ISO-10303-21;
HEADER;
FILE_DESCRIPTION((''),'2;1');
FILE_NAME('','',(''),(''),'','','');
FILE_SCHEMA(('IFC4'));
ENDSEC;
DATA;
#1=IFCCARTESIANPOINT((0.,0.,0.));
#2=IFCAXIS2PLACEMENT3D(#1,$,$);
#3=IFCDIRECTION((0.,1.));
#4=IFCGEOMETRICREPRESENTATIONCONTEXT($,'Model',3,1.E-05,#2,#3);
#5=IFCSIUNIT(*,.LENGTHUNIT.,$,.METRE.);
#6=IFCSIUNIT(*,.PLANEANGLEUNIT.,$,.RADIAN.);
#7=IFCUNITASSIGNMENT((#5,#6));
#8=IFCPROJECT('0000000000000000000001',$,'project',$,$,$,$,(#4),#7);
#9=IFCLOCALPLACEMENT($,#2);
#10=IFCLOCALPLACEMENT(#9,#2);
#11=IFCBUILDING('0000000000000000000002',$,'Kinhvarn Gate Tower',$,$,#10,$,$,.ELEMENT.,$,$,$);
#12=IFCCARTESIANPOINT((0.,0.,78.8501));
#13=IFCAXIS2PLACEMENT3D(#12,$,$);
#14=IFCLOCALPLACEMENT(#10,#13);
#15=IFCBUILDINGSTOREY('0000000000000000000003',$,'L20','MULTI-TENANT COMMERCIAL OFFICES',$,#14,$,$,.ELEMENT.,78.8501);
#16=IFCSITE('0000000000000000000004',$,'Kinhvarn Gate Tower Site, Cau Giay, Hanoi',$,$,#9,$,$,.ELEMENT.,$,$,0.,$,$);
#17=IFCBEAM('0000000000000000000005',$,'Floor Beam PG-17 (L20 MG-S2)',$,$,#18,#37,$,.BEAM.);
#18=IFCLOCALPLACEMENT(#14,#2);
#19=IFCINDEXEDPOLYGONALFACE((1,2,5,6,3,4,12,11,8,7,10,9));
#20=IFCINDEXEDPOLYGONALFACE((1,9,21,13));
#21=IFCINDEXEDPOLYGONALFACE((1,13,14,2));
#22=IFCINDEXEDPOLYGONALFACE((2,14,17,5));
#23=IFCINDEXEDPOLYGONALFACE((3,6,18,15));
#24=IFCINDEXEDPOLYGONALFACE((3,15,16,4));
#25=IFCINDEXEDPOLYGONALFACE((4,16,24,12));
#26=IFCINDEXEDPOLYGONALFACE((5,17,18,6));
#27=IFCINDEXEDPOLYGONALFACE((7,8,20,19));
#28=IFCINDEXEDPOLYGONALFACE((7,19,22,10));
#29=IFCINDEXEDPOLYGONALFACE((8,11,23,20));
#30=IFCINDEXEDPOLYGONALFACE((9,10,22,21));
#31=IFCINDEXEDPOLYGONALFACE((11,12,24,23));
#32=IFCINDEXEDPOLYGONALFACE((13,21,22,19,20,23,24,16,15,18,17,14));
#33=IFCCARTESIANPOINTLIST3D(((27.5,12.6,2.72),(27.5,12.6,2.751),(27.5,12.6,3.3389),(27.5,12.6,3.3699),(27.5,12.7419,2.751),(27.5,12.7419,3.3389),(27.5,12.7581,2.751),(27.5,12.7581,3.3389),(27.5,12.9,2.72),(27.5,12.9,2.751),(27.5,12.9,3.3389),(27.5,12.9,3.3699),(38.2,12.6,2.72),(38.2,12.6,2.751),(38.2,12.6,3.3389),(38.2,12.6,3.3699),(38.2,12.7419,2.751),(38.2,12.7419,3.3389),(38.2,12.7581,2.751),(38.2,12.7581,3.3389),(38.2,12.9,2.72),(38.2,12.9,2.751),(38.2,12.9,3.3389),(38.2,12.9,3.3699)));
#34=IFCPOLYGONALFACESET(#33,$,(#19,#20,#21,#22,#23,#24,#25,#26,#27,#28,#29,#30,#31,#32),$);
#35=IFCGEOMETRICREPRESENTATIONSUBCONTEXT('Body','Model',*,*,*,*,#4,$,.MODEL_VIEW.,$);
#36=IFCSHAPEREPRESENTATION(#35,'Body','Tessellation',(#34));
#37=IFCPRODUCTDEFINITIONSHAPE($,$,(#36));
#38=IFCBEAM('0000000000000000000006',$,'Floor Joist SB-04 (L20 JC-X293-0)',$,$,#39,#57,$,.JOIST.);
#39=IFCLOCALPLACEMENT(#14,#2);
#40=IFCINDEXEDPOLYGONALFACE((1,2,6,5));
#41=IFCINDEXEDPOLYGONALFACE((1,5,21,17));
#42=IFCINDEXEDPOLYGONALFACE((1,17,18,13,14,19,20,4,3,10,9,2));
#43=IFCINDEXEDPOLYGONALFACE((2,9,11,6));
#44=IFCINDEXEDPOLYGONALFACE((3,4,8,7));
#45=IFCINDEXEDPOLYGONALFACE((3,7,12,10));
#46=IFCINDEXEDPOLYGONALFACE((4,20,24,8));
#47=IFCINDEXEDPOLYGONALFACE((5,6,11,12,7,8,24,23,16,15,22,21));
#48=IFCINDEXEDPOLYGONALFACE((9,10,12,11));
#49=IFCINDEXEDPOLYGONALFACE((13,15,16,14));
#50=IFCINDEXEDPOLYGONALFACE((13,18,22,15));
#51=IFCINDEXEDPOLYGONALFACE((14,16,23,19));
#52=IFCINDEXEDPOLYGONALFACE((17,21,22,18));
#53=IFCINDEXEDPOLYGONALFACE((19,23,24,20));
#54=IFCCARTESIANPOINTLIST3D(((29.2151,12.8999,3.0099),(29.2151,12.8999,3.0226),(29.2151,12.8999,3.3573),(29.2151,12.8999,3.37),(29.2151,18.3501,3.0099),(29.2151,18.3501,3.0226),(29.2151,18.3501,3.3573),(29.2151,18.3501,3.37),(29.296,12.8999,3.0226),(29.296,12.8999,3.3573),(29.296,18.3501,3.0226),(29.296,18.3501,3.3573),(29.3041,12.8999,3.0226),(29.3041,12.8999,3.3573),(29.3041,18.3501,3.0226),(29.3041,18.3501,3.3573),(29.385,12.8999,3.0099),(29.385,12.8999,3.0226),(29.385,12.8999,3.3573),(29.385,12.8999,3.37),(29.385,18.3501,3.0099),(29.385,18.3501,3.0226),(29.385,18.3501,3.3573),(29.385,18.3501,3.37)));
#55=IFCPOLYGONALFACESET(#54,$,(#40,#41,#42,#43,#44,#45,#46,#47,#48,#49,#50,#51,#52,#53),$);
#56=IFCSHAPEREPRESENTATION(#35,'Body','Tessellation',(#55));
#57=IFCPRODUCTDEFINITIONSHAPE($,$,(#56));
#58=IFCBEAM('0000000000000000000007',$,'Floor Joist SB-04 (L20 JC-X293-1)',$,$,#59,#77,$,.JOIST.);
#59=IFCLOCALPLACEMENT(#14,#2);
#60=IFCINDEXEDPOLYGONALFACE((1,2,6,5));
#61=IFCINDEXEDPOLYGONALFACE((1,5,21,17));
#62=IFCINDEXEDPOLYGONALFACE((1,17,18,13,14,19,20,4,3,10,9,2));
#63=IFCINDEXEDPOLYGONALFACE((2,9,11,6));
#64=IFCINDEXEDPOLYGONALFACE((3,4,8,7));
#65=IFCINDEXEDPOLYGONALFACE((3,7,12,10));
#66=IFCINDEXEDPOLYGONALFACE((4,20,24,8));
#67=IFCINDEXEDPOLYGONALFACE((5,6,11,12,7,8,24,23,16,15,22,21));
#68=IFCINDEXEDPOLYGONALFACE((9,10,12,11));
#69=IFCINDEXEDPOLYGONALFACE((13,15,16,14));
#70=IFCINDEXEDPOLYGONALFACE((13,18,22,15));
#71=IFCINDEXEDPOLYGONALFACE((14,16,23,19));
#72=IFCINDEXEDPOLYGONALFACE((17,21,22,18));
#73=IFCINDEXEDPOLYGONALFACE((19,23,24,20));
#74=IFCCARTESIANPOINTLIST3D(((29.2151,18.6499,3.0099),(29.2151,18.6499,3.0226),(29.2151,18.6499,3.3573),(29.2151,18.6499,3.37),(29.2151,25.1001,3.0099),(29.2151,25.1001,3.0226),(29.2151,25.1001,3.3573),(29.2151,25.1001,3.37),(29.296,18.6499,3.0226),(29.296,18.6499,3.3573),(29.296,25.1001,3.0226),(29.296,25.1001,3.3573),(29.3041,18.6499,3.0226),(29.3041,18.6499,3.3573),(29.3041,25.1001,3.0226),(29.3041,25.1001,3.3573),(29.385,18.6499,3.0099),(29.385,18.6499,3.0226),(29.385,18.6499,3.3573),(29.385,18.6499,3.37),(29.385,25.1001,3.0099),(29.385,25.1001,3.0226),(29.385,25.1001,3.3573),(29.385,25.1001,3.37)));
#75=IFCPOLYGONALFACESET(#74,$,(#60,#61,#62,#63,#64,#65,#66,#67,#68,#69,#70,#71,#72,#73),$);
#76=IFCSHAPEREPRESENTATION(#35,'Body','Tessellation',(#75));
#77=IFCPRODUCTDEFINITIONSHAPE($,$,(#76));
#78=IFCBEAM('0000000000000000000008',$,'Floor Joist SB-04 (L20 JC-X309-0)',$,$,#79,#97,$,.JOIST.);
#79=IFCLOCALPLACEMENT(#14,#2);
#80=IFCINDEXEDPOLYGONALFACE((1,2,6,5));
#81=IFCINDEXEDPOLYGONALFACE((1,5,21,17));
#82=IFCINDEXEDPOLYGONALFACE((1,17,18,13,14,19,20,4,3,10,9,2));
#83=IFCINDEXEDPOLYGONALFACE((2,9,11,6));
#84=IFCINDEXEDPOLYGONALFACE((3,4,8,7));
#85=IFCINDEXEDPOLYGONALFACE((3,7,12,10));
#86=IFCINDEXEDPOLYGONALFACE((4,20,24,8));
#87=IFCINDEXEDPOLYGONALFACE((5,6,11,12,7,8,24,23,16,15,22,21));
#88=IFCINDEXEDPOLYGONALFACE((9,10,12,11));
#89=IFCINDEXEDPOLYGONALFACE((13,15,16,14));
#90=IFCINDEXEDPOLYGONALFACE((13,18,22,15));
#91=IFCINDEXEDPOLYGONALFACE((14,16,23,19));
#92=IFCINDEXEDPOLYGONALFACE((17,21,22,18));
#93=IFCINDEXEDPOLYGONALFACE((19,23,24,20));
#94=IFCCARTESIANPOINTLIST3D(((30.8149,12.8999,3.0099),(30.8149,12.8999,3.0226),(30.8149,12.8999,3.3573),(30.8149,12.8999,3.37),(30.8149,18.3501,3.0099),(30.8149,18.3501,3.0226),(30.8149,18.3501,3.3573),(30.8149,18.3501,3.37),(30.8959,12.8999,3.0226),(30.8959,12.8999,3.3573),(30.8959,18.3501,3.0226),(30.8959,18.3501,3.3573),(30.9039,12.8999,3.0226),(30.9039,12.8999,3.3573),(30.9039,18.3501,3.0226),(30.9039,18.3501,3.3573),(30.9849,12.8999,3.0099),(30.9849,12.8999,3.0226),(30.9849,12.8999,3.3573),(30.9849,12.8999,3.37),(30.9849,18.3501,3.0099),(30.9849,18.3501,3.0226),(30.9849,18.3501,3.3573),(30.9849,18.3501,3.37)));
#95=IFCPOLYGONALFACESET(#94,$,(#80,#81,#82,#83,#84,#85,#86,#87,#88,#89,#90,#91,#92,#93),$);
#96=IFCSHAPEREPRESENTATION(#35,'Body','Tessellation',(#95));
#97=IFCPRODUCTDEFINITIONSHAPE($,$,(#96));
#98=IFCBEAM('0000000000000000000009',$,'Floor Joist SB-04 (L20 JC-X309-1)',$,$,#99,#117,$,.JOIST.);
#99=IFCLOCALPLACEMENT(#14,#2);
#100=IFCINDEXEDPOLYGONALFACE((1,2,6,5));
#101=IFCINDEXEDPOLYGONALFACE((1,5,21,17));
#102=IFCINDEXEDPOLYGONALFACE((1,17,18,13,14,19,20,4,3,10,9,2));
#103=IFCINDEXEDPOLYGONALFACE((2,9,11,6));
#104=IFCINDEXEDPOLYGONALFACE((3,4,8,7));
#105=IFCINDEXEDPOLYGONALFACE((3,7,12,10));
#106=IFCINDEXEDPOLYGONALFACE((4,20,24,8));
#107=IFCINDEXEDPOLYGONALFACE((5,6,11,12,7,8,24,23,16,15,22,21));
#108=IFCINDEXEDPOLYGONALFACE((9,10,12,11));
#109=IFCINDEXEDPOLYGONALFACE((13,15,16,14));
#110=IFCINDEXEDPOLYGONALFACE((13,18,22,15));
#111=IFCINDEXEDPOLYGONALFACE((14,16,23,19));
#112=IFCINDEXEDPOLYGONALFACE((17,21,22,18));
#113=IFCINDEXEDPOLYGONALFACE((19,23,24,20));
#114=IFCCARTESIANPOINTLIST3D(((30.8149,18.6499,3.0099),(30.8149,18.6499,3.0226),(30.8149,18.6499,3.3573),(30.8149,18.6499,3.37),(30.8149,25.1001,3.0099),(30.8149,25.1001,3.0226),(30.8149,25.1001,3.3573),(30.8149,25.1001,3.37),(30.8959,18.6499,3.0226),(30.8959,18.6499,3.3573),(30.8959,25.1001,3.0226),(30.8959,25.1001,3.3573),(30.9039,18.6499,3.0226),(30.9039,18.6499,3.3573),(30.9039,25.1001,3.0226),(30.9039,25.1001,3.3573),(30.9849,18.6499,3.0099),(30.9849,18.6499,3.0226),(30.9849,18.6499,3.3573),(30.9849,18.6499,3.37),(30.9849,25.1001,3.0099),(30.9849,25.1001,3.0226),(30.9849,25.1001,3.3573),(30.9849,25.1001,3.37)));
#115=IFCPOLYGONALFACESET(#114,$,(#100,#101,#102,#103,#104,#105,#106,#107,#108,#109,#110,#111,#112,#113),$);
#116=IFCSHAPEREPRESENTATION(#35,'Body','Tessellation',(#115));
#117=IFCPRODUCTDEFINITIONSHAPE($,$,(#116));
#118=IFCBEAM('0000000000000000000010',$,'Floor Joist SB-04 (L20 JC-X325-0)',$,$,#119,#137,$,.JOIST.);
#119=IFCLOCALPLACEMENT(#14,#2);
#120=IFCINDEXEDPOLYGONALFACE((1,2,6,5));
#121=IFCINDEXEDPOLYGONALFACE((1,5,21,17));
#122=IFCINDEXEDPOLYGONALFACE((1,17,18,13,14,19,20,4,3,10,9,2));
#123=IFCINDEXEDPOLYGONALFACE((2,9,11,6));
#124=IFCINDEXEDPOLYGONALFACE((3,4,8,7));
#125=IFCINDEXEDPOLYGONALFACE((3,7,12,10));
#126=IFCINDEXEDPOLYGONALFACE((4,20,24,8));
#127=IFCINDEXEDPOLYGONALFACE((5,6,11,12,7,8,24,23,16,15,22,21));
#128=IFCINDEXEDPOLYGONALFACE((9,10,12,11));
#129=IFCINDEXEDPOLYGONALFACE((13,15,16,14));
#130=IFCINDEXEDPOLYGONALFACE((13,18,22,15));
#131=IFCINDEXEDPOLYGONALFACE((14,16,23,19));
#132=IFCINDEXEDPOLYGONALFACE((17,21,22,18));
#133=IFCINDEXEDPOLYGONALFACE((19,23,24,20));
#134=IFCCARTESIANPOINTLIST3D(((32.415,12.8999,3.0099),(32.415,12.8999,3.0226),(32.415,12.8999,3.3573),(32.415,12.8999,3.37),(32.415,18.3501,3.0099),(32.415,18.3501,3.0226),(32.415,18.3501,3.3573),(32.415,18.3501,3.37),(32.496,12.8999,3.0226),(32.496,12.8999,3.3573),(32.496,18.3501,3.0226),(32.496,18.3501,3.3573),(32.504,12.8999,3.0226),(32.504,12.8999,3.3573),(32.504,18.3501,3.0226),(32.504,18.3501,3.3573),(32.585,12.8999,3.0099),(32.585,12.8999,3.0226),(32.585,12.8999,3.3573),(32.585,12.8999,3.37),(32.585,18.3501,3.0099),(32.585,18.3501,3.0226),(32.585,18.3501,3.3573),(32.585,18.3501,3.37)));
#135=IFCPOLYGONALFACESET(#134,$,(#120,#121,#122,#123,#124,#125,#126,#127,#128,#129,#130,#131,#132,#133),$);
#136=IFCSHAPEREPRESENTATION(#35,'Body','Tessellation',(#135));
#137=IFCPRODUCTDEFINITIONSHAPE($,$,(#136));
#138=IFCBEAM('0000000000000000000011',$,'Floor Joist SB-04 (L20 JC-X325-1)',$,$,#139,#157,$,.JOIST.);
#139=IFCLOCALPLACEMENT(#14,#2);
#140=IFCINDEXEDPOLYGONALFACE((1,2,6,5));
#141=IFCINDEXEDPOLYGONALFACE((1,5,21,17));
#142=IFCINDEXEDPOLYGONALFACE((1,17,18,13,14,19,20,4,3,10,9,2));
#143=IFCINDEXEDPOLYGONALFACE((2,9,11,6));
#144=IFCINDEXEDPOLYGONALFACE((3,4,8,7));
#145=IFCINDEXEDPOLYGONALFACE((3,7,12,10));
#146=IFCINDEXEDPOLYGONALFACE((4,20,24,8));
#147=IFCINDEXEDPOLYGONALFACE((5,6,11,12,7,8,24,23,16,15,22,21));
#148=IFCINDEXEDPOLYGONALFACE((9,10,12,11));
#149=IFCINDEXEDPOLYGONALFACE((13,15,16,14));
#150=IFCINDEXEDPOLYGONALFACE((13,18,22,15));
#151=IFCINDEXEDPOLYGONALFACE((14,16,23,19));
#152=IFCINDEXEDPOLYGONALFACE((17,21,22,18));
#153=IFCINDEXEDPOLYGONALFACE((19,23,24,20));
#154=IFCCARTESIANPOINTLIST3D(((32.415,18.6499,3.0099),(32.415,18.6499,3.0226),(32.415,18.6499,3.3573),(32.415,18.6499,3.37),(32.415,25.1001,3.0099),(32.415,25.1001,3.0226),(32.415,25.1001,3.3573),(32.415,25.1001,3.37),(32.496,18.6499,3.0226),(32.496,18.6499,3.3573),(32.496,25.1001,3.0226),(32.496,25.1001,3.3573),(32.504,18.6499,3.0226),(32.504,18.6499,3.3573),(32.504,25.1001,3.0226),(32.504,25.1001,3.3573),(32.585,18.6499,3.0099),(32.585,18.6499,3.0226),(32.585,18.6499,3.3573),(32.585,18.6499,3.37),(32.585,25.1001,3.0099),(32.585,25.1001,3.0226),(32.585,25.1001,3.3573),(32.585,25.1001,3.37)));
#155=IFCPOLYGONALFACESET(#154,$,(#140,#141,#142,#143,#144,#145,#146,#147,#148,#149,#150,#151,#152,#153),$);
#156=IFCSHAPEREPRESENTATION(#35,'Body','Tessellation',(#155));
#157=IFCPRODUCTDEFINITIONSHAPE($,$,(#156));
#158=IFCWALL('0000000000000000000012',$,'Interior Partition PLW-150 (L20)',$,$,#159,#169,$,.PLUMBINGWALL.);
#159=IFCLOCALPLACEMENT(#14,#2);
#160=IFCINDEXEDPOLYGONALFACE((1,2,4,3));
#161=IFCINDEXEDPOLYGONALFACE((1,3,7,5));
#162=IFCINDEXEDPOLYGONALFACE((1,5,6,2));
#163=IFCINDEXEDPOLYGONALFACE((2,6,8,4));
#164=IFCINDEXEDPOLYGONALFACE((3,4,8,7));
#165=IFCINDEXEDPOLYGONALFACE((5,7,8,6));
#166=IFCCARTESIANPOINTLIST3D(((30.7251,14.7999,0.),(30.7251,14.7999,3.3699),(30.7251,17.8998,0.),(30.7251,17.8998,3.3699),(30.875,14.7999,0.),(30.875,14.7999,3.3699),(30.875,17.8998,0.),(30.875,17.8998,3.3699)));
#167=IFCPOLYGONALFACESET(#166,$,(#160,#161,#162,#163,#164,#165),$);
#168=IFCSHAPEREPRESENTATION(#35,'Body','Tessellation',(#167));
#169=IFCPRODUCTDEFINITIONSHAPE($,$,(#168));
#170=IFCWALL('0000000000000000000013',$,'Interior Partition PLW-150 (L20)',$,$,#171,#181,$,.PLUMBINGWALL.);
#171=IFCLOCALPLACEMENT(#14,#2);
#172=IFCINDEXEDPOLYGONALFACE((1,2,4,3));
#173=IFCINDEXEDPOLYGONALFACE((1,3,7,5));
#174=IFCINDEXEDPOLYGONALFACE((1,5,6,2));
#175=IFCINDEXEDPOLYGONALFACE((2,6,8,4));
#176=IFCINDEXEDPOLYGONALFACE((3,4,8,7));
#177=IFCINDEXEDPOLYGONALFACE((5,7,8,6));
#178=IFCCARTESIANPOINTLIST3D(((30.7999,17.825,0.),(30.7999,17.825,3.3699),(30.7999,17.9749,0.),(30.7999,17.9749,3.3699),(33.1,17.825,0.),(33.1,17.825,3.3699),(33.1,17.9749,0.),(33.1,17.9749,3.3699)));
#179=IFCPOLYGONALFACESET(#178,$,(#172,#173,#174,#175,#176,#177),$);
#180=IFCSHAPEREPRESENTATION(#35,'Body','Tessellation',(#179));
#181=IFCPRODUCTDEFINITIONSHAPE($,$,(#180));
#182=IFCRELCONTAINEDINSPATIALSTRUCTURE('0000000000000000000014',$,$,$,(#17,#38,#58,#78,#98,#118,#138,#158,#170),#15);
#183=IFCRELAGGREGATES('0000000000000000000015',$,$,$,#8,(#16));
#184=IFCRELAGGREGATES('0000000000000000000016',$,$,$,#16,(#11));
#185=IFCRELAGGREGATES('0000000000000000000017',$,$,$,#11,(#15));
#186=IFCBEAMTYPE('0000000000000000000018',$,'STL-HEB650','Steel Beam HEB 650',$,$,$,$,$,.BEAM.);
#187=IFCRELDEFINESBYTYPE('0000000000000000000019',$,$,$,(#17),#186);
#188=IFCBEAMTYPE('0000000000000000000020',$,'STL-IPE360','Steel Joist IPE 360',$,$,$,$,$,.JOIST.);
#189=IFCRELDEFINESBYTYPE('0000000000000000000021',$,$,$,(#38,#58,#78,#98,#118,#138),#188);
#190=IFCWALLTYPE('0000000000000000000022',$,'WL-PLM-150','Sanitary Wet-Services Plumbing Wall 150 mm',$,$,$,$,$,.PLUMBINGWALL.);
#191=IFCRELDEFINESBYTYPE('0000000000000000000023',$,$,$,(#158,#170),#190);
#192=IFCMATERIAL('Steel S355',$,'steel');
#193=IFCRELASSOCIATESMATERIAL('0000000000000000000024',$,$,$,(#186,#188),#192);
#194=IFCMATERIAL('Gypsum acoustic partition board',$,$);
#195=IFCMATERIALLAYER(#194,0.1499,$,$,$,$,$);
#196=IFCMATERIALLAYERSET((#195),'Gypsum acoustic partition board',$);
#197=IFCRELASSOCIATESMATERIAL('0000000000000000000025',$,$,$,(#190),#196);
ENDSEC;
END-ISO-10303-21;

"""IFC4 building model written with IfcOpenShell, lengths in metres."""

from ifc_helpers import new_model, si_unit, direction, frame, frame_2d, origin, origin_2d, place, context, subcontext, project, spatial, rectangle, i_section, extrude, material, layer, layer_set, material_profile, profile_set, type_object, element, save


model = new_model("IFC4")

# Units and contexts
model_context = context("Model", 3, precision=1e-05, world=origin(), true_north=direction((0.0, 1.0)))
body_context = subcontext(model_context, "Body", "Model", "MODEL_VIEW")
ifc_project = project(units=[si_unit("LENGTHUNIT", "METRE"), si_unit("PLANEANGLEUNIT", "RADIAN")], contexts=[model_context])

# Site, building, storey
site_placement = place(None, origin())
site = spatial("IfcSite", under=ifc_project, at=site_placement, Name="Kinhvarn Gate Tower Site, Cau Giay, Hanoi", CompositionType="ELEMENT", RefElevation=0.0)
building_placement = place(site_placement, origin())
building = spatial("IfcBuilding", under=site, at=building_placement, Name="Kinhvarn Gate Tower", CompositionType="ELEMENT")
storey_placement = place(building_placement, frame((0.0, 0.0, 78.8501)))
storey = spatial("IfcBuildingStorey", under=building, at=storey_placement, Name="L20", Description="MULTI-TENANT COMMERCIAL OFFICES", CompositionType="ELEMENT", Elevation=78.8501)

# Beams
ifc_material_1 = material(Name="Steel S355", Category="steel")
ifc_material_profile_1 = material_profile(ifc_material_1, i_section(OverallWidth=0.3, OverallDepth=0.6499, WebThickness=0.0161, FlangeThickness=0.031, at=origin_2d()), Name="HEB 650")
ifc_profile_set_1 = profile_set([ifc_material_profile_1], Name="Steel S355")
beam_type_1 = type_object("IfcBeamType", Name="STL-HEB650", Description="Steel Beam HEB 650", PredefinedType="BEAM", material=ifc_profile_set_1)
beam_1_placement = place(storey_placement, frame((27.5, 12.75, 3.0449), z_axis=(1.0, 0.0, 0.0), x_axis=(0.0, 1.0, 0.0)))
element("IfcBeam", 1, at=beam_1_placement, inside=storey, type_object=beam_type_1, Name="Floor Beam PG-17 (L20 MG-S2)", PredefinedType="BEAM", context=body_context, shape_type="SweptSolid", body=[
    extrude(i_section(OverallWidth=0.3, OverallDepth=0.6499, WebThickness=0.0161, FlangeThickness=0.031, at=origin_2d()), origin(), (0.0, 0.0, 1.0), 10.7),
])
ifc_material_profile_2 = material_profile(ifc_material_1, i_section(OverallWidth=0.1699, OverallDepth=0.3601, WebThickness=0.0081, FlangeThickness=0.0127, at=origin_2d()), Name="IPE 360")
ifc_profile_set_2 = profile_set([ifc_material_profile_2], Name="Steel S355")
beam_type_2 = type_object("IfcBeamType", Name="STL-IPE360", Description="Steel Joist IPE 360", PredefinedType="JOIST", material=ifc_profile_set_2)
beam_2_placement = place(storey_placement, frame((29.3, 12.8999, 3.1899), z_axis=(0.0, 1.0, 0.0), x_axis=(-1.0, 0.0, 0.0)))
element("IfcBeam", 2, at=beam_2_placement, inside=storey, type_object=beam_type_2, Name="Floor Joist SB-04 (L20 JC-X293-0)", PredefinedType="JOIST", context=body_context, shape_type="SweptSolid", body=[
    extrude(i_section(OverallWidth=0.1699, OverallDepth=0.3601, WebThickness=0.0081, FlangeThickness=0.0127, at=origin_2d()), origin(), (0.0, 0.0, 1.0), 5.4502),
])
beam_3_placement = place(storey_placement, frame((29.3, 18.6499, 3.1899), z_axis=(0.0, 1.0, 0.0), x_axis=(-1.0, 0.0, 0.0)))
element("IfcBeam", 3, at=beam_3_placement, inside=storey, type_object=beam_type_2, Name="Floor Joist SB-04 (L20 JC-X293-1)", PredefinedType="JOIST", context=body_context, shape_type="SweptSolid", body=[
    extrude(i_section(OverallWidth=0.1699, OverallDepth=0.3601, WebThickness=0.0081, FlangeThickness=0.0127, at=origin_2d()), origin(), (0.0, 0.0, 1.0), 6.4502),
])
beam_4_placement = place(storey_placement, frame((30.8999, 12.8999, 3.1899), z_axis=(0.0, 1.0, 0.0), x_axis=(-1.0, 0.0, 0.0)))
element("IfcBeam", 4, at=beam_4_placement, inside=storey, type_object=beam_type_2, Name="Floor Joist SB-04 (L20 JC-X309-0)", PredefinedType="JOIST", context=body_context, shape_type="SweptSolid", body=[
    extrude(i_section(OverallWidth=0.1699, OverallDepth=0.3601, WebThickness=0.0081, FlangeThickness=0.0127, at=origin_2d()), origin(), (0.0, 0.0, 1.0), 5.4502),
])
beam_5_placement = place(storey_placement, frame((30.8999, 18.6499, 3.1899), z_axis=(0.0, 1.0, 0.0), x_axis=(-1.0, 0.0, 0.0)))
element("IfcBeam", 5, at=beam_5_placement, inside=storey, type_object=beam_type_2, Name="Floor Joist SB-04 (L20 JC-X309-1)", PredefinedType="JOIST", context=body_context, shape_type="SweptSolid", body=[
    extrude(i_section(OverallWidth=0.1699, OverallDepth=0.3601, WebThickness=0.0081, FlangeThickness=0.0127, at=origin_2d()), origin(), (0.0, 0.0, 1.0), 6.4502),
])
beam_6_placement = place(storey_placement, frame((32.5, 12.8999, 3.1899), z_axis=(0.0, 1.0, 0.0), x_axis=(-1.0, 0.0, 0.0)))
element("IfcBeam", 6, at=beam_6_placement, inside=storey, type_object=beam_type_2, Name="Floor Joist SB-04 (L20 JC-X325-0)", PredefinedType="JOIST", context=body_context, shape_type="SweptSolid", body=[
    extrude(i_section(OverallWidth=0.1699, OverallDepth=0.3601, WebThickness=0.0081, FlangeThickness=0.0127, at=origin_2d()), origin(), (0.0, 0.0, 1.0), 5.4502),
])
beam_7_placement = place(storey_placement, frame((32.5, 18.6499, 3.1899), z_axis=(0.0, 1.0, 0.0), x_axis=(-1.0, 0.0, 0.0)))
element("IfcBeam", 7, at=beam_7_placement, inside=storey, type_object=beam_type_2, Name="Floor Joist SB-04 (L20 JC-X325-1)", PredefinedType="JOIST", context=body_context, shape_type="SweptSolid", body=[
    extrude(i_section(OverallWidth=0.1699, OverallDepth=0.3601, WebThickness=0.0081, FlangeThickness=0.0127, at=origin_2d()), origin(), (0.0, 0.0, 1.0), 6.4502),
])

# Walls
ifc_material_2 = material(Name="Gypsum acoustic partition board")
ifc_layer_1 = layer(ifc_material_2, 0.1499)
ifc_layer_set_1 = layer_set([ifc_layer_1], Name="Gypsum acoustic partition board")
wall_type_1 = type_object("IfcWallType", Name="WL-PLM-150", Description="Sanitary Wet-Services Plumbing Wall 150 mm", PredefinedType="PLUMBINGWALL", material=ifc_layer_set_1)
wall_1_placement = place(storey_placement, frame((30.8, 14.8, 0.0), z_axis=(0.0, 0.0, 1.0), x_axis=(0.0, 1.0, 0.0)))
element("IfcWall", 8, at=wall_1_placement, inside=storey, type_object=wall_type_1, Name="Interior Partition PLW-150 (L20)", PredefinedType="PLUMBINGWALL", context=body_context, shape_type="SweptSolid", body=[
    extrude(rectangle(XDim=3.0999, YDim=0.1499, at=frame_2d((1.5498, 0.0))), origin(), (0.0, 0.0, 1.0), 3.3699),
])
wall_2_placement = place(storey_placement, frame((30.8, 17.8999, 0.0), z_axis=(0.0, 0.0, 1.0), x_axis=(1.0, 0.0, 0.0)))
element("IfcWall", 9, at=wall_2_placement, inside=storey, type_object=wall_type_1, Name="Interior Partition PLW-150 (L20)", PredefinedType="PLUMBINGWALL", context=body_context, shape_type="SweptSolid", body=[
    extrude(rectangle(XDim=2.3, YDim=0.1499, at=frame_2d((1.1499, 0.0))), origin(), (0.0, 0.0, 1.0), 3.3699),
])

save(model, "model.ifc")
